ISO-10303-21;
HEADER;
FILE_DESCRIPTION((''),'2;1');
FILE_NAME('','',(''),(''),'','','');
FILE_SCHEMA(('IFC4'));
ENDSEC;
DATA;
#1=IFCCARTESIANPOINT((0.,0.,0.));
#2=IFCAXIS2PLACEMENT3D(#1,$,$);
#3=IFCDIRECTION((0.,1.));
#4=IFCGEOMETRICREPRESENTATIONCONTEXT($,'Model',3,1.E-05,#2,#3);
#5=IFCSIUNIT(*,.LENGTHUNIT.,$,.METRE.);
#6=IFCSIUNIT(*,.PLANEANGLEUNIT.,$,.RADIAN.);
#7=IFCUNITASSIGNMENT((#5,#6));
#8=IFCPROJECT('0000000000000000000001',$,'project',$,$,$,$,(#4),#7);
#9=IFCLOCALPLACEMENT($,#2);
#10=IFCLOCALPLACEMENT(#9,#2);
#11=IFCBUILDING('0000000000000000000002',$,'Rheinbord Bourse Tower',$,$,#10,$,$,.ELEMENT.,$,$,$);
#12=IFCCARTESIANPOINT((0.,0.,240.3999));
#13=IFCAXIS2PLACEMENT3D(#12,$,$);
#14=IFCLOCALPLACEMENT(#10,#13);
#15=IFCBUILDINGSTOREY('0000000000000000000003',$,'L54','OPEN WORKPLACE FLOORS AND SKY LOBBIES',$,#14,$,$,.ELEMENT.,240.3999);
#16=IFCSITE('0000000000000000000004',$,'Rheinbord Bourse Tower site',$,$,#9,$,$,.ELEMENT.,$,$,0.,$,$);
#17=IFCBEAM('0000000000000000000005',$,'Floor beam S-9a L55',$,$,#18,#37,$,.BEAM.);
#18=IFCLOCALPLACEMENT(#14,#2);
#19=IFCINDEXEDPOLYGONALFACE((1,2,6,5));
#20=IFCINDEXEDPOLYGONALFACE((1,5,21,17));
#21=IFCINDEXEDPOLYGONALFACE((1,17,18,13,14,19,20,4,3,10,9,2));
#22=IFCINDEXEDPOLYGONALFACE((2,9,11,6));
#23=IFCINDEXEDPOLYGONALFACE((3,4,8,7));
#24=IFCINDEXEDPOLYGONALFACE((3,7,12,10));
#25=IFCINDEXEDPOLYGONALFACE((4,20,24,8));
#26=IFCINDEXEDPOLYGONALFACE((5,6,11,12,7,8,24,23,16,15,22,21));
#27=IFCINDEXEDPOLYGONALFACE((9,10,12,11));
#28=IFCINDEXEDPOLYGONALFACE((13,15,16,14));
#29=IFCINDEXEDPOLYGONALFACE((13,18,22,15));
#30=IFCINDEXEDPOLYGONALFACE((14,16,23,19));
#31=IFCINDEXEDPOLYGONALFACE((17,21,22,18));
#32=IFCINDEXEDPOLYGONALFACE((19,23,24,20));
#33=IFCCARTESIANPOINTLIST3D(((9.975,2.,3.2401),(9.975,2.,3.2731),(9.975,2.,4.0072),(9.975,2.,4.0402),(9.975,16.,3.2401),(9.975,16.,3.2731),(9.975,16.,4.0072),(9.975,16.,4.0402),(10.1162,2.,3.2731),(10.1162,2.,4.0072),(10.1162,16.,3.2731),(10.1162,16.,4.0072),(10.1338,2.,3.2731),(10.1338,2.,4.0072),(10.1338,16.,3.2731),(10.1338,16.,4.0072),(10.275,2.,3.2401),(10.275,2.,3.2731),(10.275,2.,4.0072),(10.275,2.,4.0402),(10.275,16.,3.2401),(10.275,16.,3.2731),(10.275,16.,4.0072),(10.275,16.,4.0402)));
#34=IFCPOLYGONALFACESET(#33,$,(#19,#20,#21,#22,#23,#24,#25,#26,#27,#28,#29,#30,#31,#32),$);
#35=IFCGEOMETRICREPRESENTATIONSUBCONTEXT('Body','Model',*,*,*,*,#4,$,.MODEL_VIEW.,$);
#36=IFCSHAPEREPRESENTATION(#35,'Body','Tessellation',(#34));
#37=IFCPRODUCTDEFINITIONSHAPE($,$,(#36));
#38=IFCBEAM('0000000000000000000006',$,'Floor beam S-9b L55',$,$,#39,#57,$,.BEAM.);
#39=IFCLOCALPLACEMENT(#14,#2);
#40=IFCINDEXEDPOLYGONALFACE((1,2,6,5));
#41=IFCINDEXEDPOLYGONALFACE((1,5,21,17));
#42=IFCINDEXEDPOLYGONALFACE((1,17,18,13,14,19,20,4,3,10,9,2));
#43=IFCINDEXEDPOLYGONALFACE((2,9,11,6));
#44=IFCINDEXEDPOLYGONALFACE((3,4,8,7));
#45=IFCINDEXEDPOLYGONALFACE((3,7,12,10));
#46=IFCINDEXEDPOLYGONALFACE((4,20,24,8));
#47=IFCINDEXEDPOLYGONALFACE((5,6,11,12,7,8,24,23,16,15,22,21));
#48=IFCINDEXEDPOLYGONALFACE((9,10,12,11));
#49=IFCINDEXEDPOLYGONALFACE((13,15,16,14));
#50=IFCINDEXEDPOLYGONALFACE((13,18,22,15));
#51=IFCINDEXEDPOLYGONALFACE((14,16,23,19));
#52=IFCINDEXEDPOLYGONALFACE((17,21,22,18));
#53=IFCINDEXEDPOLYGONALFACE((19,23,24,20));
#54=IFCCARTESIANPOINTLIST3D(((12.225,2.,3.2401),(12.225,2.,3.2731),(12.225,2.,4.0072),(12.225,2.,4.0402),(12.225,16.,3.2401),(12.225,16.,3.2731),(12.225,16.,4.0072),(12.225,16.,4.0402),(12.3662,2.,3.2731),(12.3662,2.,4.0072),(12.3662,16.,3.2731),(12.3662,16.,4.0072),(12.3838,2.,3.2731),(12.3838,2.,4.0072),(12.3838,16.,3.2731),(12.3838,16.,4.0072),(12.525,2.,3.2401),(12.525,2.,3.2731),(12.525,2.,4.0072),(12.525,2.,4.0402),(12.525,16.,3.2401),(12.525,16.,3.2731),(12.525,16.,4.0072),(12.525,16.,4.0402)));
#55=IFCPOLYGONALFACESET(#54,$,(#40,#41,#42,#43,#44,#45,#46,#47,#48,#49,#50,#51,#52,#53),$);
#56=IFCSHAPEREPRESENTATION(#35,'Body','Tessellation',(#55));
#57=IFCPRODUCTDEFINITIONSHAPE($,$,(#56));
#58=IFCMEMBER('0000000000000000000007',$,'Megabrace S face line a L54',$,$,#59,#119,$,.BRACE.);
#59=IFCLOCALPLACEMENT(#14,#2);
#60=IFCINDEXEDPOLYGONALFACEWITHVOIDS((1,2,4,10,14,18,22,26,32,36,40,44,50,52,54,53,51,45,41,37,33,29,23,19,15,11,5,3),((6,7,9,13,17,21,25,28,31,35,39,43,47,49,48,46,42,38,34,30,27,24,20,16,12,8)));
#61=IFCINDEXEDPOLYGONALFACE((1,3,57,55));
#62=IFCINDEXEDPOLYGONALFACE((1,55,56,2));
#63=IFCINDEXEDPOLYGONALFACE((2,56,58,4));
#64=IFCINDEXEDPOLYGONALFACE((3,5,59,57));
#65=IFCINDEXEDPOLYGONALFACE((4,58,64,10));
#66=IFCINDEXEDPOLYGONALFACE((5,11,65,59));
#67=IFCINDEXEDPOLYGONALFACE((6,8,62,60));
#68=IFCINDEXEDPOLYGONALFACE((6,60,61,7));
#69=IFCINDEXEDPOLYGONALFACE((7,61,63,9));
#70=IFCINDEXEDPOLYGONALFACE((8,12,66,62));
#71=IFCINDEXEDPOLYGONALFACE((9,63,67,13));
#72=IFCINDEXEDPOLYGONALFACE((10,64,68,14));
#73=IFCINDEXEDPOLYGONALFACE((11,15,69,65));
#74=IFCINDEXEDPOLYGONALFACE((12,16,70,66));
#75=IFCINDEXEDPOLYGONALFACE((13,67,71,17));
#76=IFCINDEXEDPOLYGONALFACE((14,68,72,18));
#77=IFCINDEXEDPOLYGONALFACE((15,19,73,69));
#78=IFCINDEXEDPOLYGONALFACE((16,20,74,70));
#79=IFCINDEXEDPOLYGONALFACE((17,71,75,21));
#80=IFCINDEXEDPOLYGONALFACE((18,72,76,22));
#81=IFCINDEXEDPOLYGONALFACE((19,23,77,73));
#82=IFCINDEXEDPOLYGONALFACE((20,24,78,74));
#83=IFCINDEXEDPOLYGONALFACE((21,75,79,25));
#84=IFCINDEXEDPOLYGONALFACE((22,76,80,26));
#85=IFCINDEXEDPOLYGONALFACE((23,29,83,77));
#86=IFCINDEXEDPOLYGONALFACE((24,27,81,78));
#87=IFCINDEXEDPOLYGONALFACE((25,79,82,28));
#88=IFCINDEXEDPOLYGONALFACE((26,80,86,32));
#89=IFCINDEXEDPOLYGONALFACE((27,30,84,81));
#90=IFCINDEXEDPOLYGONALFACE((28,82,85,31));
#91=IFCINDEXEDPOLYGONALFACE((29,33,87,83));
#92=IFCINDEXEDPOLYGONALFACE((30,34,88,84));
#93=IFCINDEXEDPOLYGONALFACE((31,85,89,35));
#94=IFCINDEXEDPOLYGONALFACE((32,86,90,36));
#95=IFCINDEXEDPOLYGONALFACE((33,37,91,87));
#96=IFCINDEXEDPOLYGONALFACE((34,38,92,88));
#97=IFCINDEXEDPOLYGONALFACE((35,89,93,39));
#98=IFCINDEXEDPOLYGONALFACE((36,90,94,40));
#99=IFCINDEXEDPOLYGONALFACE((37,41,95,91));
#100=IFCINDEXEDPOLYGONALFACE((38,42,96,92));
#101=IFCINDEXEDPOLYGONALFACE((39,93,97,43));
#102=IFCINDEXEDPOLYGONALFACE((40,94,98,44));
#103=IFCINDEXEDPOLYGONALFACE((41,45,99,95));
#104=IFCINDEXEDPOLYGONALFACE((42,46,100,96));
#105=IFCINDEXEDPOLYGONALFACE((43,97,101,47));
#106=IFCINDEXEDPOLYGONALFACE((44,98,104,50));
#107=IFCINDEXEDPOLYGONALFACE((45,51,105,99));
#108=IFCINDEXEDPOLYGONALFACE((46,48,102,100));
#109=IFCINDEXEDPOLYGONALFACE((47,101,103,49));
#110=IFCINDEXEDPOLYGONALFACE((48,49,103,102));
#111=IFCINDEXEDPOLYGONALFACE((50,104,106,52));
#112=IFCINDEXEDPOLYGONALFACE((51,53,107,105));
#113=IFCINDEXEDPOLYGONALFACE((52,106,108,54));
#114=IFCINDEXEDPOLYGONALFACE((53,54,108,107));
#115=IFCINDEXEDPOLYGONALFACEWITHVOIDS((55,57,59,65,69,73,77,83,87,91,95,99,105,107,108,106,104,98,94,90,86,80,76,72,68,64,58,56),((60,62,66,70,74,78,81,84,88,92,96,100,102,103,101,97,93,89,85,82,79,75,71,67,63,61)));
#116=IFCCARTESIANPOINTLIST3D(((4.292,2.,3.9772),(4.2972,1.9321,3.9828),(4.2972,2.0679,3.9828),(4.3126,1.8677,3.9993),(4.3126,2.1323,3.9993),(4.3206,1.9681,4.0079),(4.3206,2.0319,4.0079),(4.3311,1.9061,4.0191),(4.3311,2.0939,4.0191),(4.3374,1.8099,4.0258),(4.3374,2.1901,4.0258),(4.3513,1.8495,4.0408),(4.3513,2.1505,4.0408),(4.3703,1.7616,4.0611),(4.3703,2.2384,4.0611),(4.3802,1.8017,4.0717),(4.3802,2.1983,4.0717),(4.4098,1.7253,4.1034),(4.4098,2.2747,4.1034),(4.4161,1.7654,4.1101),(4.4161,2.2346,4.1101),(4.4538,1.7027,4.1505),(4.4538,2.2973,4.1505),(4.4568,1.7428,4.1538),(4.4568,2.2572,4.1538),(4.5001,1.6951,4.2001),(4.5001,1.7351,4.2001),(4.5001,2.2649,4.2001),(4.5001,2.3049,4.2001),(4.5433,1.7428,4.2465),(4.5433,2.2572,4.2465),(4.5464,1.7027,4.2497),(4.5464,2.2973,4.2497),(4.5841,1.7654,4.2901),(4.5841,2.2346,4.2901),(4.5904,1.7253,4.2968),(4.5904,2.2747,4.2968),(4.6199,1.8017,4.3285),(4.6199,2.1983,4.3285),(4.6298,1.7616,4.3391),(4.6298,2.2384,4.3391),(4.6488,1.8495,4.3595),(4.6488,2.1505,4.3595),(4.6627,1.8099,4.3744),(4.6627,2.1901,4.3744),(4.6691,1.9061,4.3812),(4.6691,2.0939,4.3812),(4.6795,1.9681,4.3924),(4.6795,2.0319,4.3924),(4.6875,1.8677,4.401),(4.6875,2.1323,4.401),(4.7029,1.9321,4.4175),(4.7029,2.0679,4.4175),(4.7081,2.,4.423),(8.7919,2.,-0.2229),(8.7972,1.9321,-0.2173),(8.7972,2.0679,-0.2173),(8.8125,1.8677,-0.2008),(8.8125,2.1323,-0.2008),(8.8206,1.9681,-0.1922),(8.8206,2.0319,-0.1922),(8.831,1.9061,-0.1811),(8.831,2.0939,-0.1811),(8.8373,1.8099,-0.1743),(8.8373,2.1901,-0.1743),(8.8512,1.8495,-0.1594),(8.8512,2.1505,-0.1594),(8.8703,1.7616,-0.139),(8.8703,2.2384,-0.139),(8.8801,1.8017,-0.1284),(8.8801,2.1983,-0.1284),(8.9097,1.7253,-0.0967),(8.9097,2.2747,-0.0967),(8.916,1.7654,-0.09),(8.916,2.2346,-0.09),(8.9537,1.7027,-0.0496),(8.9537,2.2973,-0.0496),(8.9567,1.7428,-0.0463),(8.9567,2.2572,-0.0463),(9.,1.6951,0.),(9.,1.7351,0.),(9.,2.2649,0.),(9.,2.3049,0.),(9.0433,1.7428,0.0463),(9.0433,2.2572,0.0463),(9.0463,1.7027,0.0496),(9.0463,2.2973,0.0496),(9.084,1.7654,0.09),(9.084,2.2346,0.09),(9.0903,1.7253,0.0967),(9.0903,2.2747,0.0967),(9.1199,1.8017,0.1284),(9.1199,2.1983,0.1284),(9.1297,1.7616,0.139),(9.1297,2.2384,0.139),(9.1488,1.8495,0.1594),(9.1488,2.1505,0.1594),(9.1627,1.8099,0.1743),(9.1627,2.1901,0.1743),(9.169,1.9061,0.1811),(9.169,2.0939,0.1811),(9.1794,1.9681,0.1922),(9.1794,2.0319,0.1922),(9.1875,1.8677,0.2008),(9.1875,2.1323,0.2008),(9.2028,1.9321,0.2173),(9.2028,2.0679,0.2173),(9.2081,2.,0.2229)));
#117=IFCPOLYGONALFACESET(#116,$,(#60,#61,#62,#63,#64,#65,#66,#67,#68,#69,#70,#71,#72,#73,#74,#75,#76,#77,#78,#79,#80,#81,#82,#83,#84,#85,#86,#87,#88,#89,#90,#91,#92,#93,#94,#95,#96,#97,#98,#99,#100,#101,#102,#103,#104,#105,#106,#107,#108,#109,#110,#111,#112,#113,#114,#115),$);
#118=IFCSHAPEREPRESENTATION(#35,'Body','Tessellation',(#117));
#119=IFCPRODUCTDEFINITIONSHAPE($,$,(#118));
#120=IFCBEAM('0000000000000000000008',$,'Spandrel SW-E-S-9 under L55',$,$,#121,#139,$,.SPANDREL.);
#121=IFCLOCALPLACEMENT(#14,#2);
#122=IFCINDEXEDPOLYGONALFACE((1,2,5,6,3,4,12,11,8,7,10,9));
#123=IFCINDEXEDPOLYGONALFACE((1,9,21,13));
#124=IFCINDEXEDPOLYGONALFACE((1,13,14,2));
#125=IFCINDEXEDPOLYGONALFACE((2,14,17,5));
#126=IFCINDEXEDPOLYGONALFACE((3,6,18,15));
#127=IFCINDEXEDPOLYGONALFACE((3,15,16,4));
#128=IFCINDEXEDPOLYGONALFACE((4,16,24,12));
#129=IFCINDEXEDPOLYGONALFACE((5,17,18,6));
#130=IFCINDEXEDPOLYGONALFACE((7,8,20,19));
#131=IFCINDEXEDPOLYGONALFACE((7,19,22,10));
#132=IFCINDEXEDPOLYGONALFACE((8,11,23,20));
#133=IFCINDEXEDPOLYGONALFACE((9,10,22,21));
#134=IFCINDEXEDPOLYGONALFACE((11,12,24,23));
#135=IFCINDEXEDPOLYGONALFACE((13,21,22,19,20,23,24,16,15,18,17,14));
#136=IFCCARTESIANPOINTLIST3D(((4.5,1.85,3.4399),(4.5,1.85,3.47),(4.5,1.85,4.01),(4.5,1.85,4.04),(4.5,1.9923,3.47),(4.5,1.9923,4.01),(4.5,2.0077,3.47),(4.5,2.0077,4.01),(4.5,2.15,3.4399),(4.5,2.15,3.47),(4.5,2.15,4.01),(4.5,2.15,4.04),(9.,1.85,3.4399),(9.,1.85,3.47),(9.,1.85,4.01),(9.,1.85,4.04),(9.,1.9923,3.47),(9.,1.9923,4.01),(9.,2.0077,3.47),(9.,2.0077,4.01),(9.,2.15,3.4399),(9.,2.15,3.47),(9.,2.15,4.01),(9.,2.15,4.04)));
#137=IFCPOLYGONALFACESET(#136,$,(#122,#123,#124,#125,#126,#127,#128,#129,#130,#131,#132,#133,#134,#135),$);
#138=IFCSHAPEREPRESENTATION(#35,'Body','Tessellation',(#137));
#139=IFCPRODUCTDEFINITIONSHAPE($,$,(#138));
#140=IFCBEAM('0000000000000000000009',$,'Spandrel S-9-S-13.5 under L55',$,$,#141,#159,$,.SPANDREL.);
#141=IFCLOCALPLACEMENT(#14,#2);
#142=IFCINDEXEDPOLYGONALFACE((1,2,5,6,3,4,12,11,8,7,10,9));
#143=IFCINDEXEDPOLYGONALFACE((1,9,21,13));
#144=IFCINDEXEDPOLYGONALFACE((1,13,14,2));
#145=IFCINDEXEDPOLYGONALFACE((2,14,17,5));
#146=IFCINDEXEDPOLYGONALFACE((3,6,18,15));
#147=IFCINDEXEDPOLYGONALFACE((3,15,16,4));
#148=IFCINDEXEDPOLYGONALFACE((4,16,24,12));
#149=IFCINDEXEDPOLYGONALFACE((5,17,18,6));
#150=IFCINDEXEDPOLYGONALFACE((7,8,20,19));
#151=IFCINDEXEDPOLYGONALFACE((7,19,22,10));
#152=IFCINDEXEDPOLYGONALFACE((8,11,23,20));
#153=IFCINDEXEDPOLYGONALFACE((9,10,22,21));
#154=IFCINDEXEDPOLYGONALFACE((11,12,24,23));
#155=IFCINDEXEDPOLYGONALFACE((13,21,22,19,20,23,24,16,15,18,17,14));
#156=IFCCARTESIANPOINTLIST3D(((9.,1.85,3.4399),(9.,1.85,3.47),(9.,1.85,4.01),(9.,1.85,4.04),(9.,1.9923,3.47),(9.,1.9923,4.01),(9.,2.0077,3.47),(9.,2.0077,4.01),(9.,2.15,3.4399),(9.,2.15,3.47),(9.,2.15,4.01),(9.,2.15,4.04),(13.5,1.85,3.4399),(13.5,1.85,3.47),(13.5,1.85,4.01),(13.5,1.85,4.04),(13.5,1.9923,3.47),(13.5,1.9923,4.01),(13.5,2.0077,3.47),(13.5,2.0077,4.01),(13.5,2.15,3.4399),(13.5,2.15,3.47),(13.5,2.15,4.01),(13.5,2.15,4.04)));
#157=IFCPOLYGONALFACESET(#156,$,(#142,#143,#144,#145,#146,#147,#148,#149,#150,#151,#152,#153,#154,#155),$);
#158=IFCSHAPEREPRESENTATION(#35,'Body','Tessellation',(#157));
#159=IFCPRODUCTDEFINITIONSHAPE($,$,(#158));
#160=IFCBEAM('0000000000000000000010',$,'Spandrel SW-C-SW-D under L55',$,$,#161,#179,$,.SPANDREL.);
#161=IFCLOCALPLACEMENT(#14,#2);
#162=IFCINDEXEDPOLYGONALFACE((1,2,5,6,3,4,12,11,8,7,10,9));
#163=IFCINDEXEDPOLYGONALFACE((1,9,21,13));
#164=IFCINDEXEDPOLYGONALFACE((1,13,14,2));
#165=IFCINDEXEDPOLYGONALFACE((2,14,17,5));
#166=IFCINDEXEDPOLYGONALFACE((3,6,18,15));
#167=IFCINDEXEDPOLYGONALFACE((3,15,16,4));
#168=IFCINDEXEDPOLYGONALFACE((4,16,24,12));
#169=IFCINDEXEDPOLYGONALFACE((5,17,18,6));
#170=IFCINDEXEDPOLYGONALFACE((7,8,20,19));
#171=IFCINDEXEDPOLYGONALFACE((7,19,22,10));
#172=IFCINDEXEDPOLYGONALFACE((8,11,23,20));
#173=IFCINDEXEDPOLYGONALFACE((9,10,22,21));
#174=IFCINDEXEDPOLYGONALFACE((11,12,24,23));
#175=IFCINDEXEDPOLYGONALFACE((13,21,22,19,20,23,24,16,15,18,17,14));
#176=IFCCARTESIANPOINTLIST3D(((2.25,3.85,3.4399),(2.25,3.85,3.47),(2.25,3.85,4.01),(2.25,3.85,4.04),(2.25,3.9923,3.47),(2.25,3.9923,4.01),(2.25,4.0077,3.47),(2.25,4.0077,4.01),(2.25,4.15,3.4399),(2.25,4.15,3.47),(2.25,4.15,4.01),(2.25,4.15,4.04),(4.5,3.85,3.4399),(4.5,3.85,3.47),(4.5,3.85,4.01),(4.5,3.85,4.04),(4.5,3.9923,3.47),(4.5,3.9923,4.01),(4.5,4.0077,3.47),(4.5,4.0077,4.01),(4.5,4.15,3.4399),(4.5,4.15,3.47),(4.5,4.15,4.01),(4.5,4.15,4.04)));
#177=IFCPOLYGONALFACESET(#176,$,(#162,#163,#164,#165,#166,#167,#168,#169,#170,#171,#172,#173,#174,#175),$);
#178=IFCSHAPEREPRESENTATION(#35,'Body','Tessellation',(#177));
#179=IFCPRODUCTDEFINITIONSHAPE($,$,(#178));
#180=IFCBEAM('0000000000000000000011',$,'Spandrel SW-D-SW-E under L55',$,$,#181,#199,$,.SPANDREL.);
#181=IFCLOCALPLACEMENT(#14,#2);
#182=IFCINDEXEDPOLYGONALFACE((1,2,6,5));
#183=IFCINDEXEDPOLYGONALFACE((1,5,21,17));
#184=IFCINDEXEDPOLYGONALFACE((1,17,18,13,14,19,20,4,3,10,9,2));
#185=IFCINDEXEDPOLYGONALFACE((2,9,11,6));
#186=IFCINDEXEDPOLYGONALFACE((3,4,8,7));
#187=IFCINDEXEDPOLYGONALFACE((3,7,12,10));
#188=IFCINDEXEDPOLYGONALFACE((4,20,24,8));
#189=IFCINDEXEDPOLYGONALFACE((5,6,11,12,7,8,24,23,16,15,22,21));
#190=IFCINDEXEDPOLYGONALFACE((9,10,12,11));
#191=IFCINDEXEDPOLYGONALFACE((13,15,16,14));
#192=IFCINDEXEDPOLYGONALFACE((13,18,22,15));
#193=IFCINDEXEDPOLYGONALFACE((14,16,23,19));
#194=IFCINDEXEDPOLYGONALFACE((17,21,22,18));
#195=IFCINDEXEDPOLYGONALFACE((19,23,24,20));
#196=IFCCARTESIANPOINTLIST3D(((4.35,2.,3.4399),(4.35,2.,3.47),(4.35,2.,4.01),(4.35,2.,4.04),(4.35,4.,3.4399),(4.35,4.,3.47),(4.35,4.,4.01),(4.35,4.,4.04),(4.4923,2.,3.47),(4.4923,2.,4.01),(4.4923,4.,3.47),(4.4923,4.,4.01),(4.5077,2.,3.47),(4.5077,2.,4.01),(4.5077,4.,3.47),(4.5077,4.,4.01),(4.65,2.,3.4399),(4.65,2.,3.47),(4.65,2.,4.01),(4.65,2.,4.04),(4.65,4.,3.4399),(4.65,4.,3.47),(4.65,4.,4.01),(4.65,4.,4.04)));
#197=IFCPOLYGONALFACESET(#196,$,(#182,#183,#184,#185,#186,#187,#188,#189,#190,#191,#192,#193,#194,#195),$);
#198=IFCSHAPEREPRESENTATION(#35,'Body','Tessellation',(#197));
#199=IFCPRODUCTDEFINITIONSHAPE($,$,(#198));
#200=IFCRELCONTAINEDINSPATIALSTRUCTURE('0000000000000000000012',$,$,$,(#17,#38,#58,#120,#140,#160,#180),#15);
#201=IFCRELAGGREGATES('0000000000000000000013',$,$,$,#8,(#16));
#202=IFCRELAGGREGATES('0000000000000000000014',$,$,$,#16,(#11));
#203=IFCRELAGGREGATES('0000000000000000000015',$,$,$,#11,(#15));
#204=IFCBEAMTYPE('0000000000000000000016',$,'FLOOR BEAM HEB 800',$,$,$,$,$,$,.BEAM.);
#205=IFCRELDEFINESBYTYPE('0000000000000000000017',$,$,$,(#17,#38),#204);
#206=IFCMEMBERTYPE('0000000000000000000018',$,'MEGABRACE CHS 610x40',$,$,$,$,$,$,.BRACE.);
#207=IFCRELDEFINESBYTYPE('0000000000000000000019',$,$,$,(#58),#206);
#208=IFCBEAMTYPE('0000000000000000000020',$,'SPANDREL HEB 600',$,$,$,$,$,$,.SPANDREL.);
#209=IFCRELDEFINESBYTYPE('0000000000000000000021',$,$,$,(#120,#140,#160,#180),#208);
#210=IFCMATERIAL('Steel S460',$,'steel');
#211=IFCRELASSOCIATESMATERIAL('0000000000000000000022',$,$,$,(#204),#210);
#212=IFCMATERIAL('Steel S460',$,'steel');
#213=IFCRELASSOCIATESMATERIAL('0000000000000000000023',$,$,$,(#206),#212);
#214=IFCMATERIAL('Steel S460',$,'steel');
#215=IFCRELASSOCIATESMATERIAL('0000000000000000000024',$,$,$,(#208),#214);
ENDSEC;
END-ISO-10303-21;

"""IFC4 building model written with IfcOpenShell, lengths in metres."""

from ifc_helpers import new_model, si_unit, direction, frame, origin, origin_2d, place, context, subcontext, project, spatial, hollow_circle, i_section, extrude, material, material_profile, profile_set, type_object, element, save


model = new_model("IFC4")

# Units and contexts
model_context = context("Model", 3, precision=1e-05, world=origin(), true_north=direction((0.0, 1.0)))
body_context = subcontext(model_context, "Body", "Model", "MODEL_VIEW")
ifc_project = project(units=[si_unit("LENGTHUNIT", "METRE"), si_unit("PLANEANGLEUNIT", "RADIAN")], contexts=[model_context])

# Site, building, storey
site_placement = place(None, origin())
site = spatial("IfcSite", under=ifc_project, at=site_placement, Name="Rheinbord Bourse Tower site", CompositionType="ELEMENT", RefElevation=0.0)
building_placement = place(site_placement, origin())
building = spatial("IfcBuilding", under=site, at=building_placement, Name="Rheinbord Bourse Tower", CompositionType="ELEMENT")
storey_placement = place(building_placement, frame((0.0, 0.0, 240.3999)))
storey = spatial("IfcBuildingStorey", under=building, at=storey_placement, Name="L54", Description="OPEN WORKPLACE FLOORS AND SKY LOBBIES", CompositionType="ELEMENT", Elevation=240.3999)

# Beams
ifc_material_1 = material(Name="Steel S460", Category="steel")
ifc_material_profile_1 = material_profile(ifc_material_1, i_section(OverallWidth=0.3, OverallDepth=0.8, WebThickness=0.0176, FlangeThickness=0.033, at=origin_2d()), Name="HEB 800")
ifc_profile_set_1 = profile_set([ifc_material_profile_1], Name="Steel S460")
beam_type_1 = type_object("IfcBeamType", Name="FLOOR BEAM HEB 800", PredefinedType="BEAM", material=ifc_profile_set_1)
for number, where, z_axis, x_axis, name in (
    (1, (10.125, 2.0, 3.6401), (0.0, 1.0, 0.0), (-1.0, 0.0, 0.0), "Floor beam S-9a L55"),
    (2, (12.375, 2.0, 3.6401), (0.0, 1.0, 0.0), (-1.0, 0.0, 0.0), "Floor beam S-9b L55"),
):
    element("IfcBeam", number, at=place(storey_placement, frame(where, z_axis=z_axis, x_axis=x_axis)), inside=storey, type_object=beam_type_1, Name=name, PredefinedType="BEAM", context=body_context, shape_type="SweptSolid", body=[
        extrude(i_section(OverallWidth=0.3, OverallDepth=0.8, WebThickness=0.0176, FlangeThickness=0.033, at=origin_2d()), origin(), (0.0, 0.0, 1.0), 14.0),
    ])

# Member
ifc_material_2 = material(Name="Steel S460", Category="steel")
ifc_material_profile_2 = material_profile(ifc_material_2, hollow_circle(Radius=0.3049, WallThickness=0.04, at=origin_2d()), Name="CHS 610x40")
ifc_profile_set_2 = profile_set([ifc_material_profile_2], Name="Steel S460")
member_type_1 = type_object("IfcMemberType", Name="MEGABRACE CHS 610x40", PredefinedType="BRACE", material=ifc_profile_set_2)
member_1_placement = place(storey_placement, frame((9.0, 2.0, 0.0), z_axis=(-0.731039, 0.0, 0.682335), x_axis=(0.0, -1.0, 0.0)))
element("IfcMember", 3, at=member_1_placement, inside=storey, type_object=member_type_1, Name="Megabrace S face line a L54", PredefinedType="BRACE", context=body_context, shape_type="SweptSolid", body=[
    extrude(hollow_circle(Radius=0.3049, WallThickness=0.04, at=origin_2d()), origin(), (0.0, 0.0, 1.0), 6.1555),
])

# Beams
ifc_material_3 = material(Name="Steel S460", Category="steel")
ifc_material_profile_3 = material_profile(ifc_material_3, i_section(OverallWidth=0.3, OverallDepth=0.6001, WebThickness=0.0154, FlangeThickness=0.03, at=origin_2d()), Name="HEB 600")
ifc_profile_set_3 = profile_set([ifc_material_profile_3], Name="Steel S460")
beam_type_2 = type_object("IfcBeamType", Name="SPANDREL HEB 600", PredefinedType="SPANDREL", material=ifc_profile_set_3)
for number, where, z_axis, x_axis, name in (
    (4, (4.5, 2.0, 3.74), (1.0, 0.0, 0.0), (0.0, 1.0, 0.0), "Spandrel SW-E-S-9 under L55"),
    (5, (9.0, 2.0, 3.74), (1.0, 0.0, 0.0), (0.0, 1.0, 0.0), "Spandrel S-9-S-13.5 under L55"),
):
    element("IfcBeam", number, at=place(storey_placement, frame(where, z_axis=z_axis, x_axis=x_axis)), inside=storey, type_object=beam_type_2, Name=name, PredefinedType="SPANDREL", context=body_context, shape_type="SweptSolid", body=[
        extrude(i_section(OverallWidth=0.3, OverallDepth=0.6001, WebThickness=0.0154, FlangeThickness=0.03, at=origin_2d()), origin(), (0.0, 0.0, 1.0), 4.5),
    ])
beam_1_placement = place(storey_placement, frame((2.25, 4.0, 3.74), z_axis=(1.0, 0.0, 0.0), x_axis=(0.0, 1.0, 0.0)))
element("IfcBeam", 6, at=beam_1_placement, inside=storey, type_object=beam_type_2, Name="Spandrel SW-C-SW-D under L55", PredefinedType="SPANDREL", context=body_context, shape_type="SweptSolid", body=[
    extrude(i_section(OverallWidth=0.3, OverallDepth=0.6001, WebThickness=0.0154, FlangeThickness=0.03, at=origin_2d()), origin(), (0.0, 0.0, 1.0), 2.25),
])
beam_2_placement = place(storey_placement, frame((4.5, 4.0, 3.74), z_axis=(0.0, -1.0, 0.0), x_axis=(1.0, 0.0, 0.0)))
element("IfcBeam", 7, at=beam_2_placement, inside=storey, type_object=beam_type_2, Name="Spandrel SW-D-SW-E under L55", PredefinedType="SPANDREL", context=body_context, shape_type="SweptSolid", body=[
    extrude(i_section(OverallWidth=0.3, OverallDepth=0.6001, WebThickness=0.0154, FlangeThickness=0.03, at=origin_2d()), origin(), (0.0, 0.0, 1.0), 2.0),
])

save(model, "model.ifc")
